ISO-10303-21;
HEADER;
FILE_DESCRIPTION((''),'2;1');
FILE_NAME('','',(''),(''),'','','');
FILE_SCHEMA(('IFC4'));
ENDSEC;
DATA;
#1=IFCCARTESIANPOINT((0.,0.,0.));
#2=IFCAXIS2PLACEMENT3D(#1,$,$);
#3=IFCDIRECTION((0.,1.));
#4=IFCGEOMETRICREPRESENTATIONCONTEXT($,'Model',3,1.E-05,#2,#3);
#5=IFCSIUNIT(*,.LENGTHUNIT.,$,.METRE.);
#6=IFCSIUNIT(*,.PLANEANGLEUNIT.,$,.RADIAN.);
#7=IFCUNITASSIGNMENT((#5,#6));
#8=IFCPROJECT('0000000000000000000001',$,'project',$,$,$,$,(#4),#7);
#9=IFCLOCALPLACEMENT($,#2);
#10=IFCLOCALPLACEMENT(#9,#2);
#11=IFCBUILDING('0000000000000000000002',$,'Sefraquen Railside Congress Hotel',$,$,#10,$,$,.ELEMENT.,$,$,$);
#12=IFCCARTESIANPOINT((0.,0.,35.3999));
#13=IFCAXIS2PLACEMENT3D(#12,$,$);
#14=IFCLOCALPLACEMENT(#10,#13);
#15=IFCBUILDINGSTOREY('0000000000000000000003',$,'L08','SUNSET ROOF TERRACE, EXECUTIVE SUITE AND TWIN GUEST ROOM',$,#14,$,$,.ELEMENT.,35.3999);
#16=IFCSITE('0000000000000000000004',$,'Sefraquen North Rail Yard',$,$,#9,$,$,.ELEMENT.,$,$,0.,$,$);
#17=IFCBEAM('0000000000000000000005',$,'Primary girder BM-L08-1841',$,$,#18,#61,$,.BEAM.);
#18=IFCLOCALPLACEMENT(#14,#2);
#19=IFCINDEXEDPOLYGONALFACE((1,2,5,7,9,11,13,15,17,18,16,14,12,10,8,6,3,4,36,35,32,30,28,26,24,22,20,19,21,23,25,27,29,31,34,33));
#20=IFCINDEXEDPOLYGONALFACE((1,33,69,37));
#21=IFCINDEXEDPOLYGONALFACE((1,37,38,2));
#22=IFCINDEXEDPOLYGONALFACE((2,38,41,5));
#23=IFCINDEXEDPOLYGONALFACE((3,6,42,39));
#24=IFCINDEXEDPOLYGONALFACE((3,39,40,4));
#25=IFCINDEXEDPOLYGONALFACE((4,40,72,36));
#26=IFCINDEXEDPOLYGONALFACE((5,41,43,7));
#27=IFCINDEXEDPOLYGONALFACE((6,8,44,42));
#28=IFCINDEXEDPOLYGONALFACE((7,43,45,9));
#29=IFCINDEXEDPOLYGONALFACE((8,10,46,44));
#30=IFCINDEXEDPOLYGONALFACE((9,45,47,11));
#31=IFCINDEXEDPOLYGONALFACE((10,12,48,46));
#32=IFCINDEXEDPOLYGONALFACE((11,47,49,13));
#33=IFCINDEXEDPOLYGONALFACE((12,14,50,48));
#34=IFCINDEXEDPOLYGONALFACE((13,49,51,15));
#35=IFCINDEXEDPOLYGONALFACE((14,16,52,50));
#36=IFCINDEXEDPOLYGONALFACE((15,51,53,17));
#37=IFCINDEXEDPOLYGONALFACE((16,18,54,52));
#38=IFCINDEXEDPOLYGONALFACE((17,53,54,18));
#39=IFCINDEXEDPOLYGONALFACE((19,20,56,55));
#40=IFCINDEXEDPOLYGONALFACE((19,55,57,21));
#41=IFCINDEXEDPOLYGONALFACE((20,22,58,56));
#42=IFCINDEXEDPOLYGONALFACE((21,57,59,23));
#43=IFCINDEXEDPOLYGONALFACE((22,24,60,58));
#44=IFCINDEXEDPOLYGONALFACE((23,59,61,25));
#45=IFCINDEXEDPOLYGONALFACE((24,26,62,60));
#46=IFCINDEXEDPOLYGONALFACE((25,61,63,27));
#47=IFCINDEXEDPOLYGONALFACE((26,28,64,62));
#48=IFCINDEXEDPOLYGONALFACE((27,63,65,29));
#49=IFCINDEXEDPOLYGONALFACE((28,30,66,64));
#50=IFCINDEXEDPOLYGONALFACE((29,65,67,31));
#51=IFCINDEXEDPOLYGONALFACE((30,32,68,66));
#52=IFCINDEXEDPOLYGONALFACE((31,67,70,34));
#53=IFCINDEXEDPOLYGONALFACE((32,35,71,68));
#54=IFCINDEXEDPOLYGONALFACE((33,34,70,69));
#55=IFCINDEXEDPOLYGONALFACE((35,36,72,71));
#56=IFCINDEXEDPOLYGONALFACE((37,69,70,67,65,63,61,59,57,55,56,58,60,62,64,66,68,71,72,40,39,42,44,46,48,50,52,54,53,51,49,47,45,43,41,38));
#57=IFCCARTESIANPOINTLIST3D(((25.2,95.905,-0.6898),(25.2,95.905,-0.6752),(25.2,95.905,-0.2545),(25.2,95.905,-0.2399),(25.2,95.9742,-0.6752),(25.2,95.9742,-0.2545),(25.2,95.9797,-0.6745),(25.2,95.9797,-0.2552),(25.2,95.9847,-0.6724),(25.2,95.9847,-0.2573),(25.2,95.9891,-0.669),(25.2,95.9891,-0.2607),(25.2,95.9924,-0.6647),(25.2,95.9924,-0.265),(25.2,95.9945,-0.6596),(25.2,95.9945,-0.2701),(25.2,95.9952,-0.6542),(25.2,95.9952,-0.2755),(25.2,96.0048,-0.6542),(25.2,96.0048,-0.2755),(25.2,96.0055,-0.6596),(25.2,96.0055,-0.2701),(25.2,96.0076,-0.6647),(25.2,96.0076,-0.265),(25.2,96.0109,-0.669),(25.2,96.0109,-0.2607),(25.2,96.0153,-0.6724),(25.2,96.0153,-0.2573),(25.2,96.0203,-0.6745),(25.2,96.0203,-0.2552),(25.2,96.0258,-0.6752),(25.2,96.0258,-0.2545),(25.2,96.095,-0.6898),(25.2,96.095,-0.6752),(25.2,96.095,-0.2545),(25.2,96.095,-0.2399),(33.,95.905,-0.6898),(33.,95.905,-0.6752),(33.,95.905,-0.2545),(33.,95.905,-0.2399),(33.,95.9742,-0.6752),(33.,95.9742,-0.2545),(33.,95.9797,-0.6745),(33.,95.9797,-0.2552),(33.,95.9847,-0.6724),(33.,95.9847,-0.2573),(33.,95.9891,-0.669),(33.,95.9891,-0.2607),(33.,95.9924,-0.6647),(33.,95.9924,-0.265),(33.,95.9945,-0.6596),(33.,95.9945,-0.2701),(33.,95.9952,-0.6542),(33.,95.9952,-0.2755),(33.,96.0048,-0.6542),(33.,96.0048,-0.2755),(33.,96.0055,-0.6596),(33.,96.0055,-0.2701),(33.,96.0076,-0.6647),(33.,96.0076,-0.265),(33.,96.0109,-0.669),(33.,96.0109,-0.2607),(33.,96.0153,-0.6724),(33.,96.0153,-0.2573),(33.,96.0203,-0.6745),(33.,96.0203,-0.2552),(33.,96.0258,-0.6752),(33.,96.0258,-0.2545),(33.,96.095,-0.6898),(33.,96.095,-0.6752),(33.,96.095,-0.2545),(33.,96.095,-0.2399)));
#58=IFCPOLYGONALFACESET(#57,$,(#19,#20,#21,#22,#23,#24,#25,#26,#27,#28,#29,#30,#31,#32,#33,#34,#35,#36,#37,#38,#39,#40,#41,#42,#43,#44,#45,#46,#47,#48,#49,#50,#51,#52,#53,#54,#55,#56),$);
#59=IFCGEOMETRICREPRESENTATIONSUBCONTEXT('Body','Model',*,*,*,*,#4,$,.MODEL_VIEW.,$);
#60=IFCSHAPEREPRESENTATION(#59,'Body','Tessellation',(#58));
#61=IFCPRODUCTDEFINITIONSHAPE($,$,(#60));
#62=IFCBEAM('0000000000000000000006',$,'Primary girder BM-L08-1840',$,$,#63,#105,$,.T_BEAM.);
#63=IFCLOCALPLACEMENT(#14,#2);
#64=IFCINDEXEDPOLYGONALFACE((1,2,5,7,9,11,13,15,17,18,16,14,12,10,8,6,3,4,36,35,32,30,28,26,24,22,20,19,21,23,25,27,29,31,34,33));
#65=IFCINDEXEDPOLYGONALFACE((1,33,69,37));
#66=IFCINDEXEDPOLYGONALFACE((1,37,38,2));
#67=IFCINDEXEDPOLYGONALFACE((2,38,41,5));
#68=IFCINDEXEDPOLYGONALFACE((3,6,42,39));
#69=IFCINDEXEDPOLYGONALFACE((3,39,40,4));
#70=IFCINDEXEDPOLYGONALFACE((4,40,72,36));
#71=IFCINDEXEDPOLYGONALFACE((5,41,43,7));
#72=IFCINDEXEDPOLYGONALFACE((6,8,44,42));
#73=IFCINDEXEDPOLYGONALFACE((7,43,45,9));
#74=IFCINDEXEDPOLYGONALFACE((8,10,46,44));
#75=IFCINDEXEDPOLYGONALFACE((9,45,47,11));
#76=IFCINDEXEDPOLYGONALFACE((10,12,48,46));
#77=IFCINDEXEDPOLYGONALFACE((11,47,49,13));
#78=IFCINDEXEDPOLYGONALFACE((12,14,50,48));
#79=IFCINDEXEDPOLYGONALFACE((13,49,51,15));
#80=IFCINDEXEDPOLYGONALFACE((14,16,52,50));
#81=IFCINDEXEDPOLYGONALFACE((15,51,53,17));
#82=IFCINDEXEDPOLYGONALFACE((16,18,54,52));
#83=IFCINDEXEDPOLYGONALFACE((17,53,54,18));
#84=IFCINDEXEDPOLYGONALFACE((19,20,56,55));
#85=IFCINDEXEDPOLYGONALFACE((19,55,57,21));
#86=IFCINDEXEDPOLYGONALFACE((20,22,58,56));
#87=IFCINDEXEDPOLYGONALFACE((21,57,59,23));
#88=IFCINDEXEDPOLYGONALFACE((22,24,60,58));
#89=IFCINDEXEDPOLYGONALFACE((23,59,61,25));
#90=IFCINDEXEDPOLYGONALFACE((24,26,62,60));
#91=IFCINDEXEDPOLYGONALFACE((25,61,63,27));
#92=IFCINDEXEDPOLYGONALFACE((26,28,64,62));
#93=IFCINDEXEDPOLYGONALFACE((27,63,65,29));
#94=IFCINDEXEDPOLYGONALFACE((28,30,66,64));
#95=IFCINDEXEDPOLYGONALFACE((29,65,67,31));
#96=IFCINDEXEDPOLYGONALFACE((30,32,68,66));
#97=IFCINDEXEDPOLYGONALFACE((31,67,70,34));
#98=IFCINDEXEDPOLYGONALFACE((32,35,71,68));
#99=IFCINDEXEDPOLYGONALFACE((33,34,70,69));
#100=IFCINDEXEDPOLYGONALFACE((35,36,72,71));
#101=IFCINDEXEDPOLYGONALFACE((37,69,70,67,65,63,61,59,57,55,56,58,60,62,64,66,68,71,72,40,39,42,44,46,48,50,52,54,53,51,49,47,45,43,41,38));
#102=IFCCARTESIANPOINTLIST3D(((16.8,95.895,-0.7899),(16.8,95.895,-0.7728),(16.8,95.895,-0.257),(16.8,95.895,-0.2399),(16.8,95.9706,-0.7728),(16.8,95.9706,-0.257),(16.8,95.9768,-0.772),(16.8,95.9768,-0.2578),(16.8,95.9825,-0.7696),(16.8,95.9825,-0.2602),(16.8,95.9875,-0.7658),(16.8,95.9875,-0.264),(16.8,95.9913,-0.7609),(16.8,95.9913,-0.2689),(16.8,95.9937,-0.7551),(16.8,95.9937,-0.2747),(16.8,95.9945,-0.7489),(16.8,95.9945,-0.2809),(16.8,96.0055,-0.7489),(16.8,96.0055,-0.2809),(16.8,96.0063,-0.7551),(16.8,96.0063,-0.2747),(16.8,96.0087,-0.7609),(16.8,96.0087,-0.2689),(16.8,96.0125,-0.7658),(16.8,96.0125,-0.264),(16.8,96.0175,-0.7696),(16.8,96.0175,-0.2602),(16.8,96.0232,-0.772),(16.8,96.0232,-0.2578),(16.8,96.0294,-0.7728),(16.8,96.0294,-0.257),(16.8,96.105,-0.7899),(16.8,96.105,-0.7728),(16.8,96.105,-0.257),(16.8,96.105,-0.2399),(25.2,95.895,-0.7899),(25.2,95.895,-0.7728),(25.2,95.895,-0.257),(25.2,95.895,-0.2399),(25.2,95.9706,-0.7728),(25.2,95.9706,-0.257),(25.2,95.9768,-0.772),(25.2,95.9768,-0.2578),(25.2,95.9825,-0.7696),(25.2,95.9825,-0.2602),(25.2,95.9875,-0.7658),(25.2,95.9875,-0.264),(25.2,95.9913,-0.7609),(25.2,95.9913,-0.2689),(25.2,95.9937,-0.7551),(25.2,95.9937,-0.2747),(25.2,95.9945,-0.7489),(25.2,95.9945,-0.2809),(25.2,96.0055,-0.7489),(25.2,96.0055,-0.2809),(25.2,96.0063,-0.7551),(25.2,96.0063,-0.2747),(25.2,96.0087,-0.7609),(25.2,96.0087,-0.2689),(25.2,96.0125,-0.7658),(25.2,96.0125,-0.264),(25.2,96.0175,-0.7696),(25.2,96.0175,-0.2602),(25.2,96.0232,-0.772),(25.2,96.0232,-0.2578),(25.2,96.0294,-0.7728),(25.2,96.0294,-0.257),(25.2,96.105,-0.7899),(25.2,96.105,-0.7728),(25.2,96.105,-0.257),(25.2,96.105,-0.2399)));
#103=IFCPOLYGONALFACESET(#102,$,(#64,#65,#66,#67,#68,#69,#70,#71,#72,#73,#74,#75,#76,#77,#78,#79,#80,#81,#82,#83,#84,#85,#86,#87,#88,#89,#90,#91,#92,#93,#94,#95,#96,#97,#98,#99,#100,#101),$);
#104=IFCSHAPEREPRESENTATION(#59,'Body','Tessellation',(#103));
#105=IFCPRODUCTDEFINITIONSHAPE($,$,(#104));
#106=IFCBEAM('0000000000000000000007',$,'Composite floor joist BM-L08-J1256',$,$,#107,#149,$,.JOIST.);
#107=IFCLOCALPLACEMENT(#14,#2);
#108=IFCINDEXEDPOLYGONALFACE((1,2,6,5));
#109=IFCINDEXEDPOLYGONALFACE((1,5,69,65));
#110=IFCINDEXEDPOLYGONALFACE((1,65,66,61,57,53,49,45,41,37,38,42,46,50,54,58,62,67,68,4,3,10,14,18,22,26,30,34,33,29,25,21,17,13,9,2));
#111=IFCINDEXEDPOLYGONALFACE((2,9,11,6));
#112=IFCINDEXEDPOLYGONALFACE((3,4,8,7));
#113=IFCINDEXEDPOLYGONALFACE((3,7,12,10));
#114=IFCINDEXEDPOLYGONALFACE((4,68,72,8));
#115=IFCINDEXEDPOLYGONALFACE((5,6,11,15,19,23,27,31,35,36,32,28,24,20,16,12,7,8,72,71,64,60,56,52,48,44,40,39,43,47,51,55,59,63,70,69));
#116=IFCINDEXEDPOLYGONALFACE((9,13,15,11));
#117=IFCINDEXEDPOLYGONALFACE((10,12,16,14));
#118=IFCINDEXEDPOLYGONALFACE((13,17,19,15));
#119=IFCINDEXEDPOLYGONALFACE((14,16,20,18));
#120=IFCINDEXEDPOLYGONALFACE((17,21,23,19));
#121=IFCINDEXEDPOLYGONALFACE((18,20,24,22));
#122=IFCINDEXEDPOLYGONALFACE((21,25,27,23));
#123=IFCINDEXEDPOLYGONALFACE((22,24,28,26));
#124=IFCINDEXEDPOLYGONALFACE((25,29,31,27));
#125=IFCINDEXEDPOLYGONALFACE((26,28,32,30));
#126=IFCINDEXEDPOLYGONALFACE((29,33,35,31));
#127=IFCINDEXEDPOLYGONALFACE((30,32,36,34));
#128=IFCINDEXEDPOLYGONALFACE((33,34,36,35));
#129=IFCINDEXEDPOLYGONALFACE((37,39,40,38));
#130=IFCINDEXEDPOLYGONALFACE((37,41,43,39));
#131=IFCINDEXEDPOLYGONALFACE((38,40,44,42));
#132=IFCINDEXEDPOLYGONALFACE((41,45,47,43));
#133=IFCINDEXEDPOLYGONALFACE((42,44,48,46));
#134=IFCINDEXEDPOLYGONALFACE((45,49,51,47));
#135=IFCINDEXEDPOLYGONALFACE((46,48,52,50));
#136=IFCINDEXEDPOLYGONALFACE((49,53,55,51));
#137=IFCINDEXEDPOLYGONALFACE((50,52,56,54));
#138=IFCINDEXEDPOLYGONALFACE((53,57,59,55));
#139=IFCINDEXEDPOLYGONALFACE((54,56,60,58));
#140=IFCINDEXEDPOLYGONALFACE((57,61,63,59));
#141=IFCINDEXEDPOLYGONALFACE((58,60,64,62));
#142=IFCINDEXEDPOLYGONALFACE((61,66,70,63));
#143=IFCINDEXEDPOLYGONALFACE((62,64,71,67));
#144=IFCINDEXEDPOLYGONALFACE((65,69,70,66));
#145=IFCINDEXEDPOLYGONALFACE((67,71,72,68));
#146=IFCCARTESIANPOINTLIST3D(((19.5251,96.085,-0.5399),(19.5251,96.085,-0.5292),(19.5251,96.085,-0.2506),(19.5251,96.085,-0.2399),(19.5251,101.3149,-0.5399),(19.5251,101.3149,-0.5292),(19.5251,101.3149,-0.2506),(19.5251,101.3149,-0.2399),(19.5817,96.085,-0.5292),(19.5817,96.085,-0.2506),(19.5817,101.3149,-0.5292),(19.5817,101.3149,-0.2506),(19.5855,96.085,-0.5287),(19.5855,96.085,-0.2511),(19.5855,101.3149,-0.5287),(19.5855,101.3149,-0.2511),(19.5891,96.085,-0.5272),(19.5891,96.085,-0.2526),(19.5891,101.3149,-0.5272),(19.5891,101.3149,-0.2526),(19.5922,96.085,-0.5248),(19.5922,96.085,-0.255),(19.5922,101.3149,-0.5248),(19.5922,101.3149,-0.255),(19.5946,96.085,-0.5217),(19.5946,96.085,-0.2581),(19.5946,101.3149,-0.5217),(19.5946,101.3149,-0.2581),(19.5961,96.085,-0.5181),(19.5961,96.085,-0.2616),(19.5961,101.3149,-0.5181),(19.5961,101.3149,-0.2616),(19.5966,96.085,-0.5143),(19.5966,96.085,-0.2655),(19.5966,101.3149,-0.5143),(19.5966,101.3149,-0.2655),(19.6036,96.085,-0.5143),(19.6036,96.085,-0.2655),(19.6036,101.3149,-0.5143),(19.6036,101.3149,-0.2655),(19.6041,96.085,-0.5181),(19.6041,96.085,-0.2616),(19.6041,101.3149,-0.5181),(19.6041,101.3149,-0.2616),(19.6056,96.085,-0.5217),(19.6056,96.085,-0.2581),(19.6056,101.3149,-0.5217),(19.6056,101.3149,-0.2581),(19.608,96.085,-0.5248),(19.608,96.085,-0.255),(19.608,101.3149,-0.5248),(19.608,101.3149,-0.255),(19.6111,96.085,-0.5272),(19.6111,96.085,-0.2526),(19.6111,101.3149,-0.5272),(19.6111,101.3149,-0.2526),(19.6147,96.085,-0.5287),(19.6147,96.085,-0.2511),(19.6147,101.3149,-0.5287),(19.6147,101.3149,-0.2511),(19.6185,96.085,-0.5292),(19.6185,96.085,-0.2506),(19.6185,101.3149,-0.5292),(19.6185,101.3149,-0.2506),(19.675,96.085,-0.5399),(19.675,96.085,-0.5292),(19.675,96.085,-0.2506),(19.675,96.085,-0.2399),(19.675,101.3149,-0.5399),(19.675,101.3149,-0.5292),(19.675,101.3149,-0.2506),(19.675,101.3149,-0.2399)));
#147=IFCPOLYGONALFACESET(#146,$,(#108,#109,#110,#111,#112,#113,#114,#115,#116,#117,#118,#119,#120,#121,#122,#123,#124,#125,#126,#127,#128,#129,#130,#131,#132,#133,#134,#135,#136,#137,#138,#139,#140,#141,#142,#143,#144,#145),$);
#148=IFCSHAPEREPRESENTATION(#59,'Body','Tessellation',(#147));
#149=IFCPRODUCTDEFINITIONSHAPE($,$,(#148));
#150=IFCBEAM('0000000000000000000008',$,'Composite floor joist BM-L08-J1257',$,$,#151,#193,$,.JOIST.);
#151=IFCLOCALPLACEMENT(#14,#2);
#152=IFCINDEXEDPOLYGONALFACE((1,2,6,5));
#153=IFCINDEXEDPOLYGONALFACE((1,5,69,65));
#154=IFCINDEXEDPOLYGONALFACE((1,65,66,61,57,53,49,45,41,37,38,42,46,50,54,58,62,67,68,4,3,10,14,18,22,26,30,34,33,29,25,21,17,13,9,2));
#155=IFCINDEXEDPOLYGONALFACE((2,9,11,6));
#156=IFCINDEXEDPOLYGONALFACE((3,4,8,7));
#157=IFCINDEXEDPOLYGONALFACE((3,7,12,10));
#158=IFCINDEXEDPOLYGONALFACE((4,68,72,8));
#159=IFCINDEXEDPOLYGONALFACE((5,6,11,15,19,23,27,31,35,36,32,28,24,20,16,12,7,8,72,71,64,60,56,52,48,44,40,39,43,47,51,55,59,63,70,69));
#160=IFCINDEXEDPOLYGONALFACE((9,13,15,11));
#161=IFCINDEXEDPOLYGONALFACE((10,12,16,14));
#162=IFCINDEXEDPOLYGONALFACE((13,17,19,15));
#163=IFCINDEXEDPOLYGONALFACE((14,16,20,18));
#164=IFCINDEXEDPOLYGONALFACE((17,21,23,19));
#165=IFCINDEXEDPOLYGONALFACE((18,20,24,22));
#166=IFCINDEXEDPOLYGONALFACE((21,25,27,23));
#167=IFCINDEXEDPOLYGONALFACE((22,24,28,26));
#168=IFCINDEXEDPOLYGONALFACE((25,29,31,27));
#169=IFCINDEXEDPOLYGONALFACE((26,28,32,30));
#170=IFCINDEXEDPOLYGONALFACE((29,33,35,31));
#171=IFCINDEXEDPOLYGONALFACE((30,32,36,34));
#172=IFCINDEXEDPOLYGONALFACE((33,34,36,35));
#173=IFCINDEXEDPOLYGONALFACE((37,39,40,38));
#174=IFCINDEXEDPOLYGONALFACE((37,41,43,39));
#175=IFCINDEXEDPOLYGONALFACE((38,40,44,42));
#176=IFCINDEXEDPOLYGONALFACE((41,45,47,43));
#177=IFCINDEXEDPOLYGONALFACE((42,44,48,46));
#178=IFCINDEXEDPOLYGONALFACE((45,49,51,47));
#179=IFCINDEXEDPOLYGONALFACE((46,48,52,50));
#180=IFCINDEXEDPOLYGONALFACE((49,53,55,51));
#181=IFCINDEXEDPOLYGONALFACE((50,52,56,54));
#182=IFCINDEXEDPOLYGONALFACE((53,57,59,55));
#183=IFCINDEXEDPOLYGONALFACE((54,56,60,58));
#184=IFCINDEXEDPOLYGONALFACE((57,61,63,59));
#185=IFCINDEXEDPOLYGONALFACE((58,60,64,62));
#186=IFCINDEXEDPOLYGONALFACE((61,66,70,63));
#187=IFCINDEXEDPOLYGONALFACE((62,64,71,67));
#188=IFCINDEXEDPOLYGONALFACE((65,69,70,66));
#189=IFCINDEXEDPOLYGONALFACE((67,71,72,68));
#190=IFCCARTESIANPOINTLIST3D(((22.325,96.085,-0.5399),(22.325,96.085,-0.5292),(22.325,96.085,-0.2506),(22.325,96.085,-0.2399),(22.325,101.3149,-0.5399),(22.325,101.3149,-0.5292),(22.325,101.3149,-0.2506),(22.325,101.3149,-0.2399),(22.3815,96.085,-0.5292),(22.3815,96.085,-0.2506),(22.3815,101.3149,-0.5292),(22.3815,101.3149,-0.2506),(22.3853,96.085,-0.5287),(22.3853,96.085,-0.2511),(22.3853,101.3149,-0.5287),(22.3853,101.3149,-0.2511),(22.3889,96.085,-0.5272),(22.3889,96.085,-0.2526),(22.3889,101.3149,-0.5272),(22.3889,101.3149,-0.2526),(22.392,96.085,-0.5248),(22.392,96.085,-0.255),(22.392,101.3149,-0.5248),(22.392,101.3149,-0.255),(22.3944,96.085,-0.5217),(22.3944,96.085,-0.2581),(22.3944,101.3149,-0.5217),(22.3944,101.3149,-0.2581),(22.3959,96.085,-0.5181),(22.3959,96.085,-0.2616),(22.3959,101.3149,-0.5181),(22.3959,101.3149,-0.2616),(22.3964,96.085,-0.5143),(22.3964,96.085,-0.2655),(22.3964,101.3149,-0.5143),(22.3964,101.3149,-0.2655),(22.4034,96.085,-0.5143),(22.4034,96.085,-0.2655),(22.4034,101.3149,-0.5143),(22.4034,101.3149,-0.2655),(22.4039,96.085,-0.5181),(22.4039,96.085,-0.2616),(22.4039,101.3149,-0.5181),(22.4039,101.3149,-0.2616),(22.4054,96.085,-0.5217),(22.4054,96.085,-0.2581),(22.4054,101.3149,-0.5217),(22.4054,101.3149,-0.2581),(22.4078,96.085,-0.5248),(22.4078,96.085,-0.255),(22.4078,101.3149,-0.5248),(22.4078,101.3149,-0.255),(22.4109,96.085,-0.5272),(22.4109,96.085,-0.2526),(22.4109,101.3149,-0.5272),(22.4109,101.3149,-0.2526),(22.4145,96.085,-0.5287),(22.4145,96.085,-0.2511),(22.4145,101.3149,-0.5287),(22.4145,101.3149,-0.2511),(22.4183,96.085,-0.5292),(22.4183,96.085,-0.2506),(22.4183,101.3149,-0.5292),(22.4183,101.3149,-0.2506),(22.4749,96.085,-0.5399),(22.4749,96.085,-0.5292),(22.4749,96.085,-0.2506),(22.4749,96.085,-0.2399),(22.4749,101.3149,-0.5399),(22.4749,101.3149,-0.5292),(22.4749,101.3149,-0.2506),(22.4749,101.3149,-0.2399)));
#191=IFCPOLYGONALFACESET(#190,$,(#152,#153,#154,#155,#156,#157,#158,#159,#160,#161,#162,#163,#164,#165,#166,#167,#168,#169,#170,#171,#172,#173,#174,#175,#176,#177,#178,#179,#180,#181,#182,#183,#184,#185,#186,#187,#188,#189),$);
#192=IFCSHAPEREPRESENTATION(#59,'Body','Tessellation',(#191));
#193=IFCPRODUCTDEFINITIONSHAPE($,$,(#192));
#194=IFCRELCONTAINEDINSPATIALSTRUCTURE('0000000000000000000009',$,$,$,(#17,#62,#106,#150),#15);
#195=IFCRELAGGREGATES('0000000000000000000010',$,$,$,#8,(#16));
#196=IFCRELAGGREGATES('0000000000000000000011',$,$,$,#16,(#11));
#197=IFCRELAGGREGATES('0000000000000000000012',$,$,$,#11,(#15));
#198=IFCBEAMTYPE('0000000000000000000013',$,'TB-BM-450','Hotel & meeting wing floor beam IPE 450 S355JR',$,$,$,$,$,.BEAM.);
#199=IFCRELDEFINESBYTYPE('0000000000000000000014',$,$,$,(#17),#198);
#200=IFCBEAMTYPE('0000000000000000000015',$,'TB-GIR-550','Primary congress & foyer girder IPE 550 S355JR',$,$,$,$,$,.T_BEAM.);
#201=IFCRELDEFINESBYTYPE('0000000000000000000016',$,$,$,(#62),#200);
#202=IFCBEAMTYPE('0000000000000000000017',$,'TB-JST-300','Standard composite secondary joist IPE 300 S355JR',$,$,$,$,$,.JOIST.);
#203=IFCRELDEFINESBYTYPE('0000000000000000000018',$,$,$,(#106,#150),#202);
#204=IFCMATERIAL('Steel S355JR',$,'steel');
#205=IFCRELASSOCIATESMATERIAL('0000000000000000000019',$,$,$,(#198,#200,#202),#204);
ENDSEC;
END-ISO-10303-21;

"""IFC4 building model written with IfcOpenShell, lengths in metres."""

from ifc_helpers import new_model, si_unit, direction, frame, origin, origin_2d, place, context, subcontext, project, spatial, i_section, extrude, material, material_profile, profile_set, type_object, element, save


model = new_model("IFC4")

# Units and contexts
model_context = context("Model", 3, precision=1e-05, world=origin(), true_north=direction((0.0, 1.0)))
body_context = subcontext(model_context, "Body", "Model", "MODEL_VIEW")
ifc_project = project(units=[si_unit("LENGTHUNIT", "METRE"), si_unit("PLANEANGLEUNIT", "RADIAN")], contexts=[model_context])

# Site, building, storey
site_placement = place(None, origin())
site = spatial("IfcSite", under=ifc_project, at=site_placement, Name="Sefraquen North Rail Yard", CompositionType="ELEMENT", RefElevation=0.0)
building_placement = place(site_placement, origin())
building = spatial("IfcBuilding", under=site, at=building_placement, Name="Sefraquen Railside Congress Hotel", CompositionType="ELEMENT")
storey_placement = place(building_placement, frame((0.0, 0.0, 35.3999)))
storey = spatial("IfcBuildingStorey", under=building, at=storey_placement, Name="L08", Description="SUNSET ROOF TERRACE, EXECUTIVE SUITE AND TWIN GUEST ROOM", CompositionType="ELEMENT", Elevation=35.3999)

# Shared definitions
ifc_material_1 = material(Name="Steel S355JR", Category="steel")

# Beams
ifc_material_profile_1 = material_profile(ifc_material_1, i_section(OverallWidth=0.1899, OverallDepth=0.45, WebThickness=0.0095, FlangeThickness=0.0146, FilletRadius=0.021, at=origin_2d()), Name="IPE 450")
ifc_profile_set_1 = profile_set([ifc_material_profile_1], Name="Steel S355JR")
beam_type_1 = type_object("IfcBeamType", Name="TB-BM-450", Description="Hotel & meeting wing floor beam IPE 450 S355JR", PredefinedType="BEAM", material=ifc_profile_set_1)
beam_1_placement = place(storey_placement, frame((25.2, 96.0, -0.4648), z_axis=(1.0, 0.0, 0.0), x_axis=(0.0, 1.0, 0.0)))
element("IfcBeam", 1, at=beam_1_placement, inside=storey, type_object=beam_type_1, Name="Primary girder BM-L08-1841", PredefinedType="BEAM", context=body_context, shape_type="SweptSolid", body=[
    extrude(i_section(OverallWidth=0.1899, OverallDepth=0.45, WebThickness=0.0095, FlangeThickness=0.0146, FilletRadius=0.021, at=origin_2d()), origin(), (0.0, 0.0, 1.0), 7.8),
])
ifc_material_profile_2 = material_profile(ifc_material_1, i_section(OverallWidth=0.21, OverallDepth=0.55, WebThickness=0.011, FlangeThickness=0.0171, FilletRadius=0.0239, at=origin_2d()), Name="IPE 550")
ifc_profile_set_2 = profile_set([ifc_material_profile_2], Name="Steel S355JR")
beam_type_2 = type_object("IfcBeamType", Name="TB-GIR-550", Description="Primary congress & foyer girder IPE 550 S355JR", PredefinedType="T_BEAM", material=ifc_profile_set_2)
beam_2_placement = place(storey_placement, frame((16.8, 96.0, -0.5149), z_axis=(1.0, 0.0, 0.0), x_axis=(0.0, 1.0, 0.0)))
element("IfcBeam", 2, at=beam_2_placement, inside=storey, type_object=beam_type_2, Name="Primary girder BM-L08-1840", PredefinedType="T_BEAM", context=body_context, shape_type="SweptSolid", body=[
    extrude(i_section(OverallWidth=0.21, OverallDepth=0.55, WebThickness=0.011, FlangeThickness=0.0171, FilletRadius=0.0239, at=origin_2d()), origin(), (0.0, 0.0, 1.0), 8.3999),
])
ifc_material_profile_3 = material_profile(ifc_material_1, i_section(OverallWidth=0.1499, OverallDepth=0.3, WebThickness=0.0071, FlangeThickness=0.0107, FilletRadius=0.0149, at=origin_2d()), Name="IPE 300")
ifc_profile_set_3 = profile_set([ifc_material_profile_3], Name="Steel S355JR")
beam_type_3 = type_object("IfcBeamType", Name="TB-JST-300", Description="Standard composite secondary joist IPE 300 S355JR", PredefinedType="JOIST", material=ifc_profile_set_3)
for number, where, z_axis, x_axis, name in (
    (3, (19.6001, 96.085, -0.3899), (0.0, 1.0, 0.0), (-1.0, 0.0, 0.0), "Composite floor joist BM-L08-J1256"),
    (4, (22.3999, 96.085, -0.3899), (0.0, 1.0, 0.0), (-1.0, 0.0, 0.0), "Composite floor joist BM-L08-J1257"),
):
    element("IfcBeam", number, at=place(storey_placement, frame(where, z_axis=z_axis, x_axis=x_axis)), inside=storey, type_object=beam_type_3, Name=name, PredefinedType="JOIST", context=body_context, shape_type="SweptSolid", body=[
        extrude(i_section(OverallWidth=0.1499, OverallDepth=0.3, WebThickness=0.0071, FlangeThickness=0.0107, FilletRadius=0.0149, at=origin_2d()), origin(), (0.0, 0.0, 1.0), 5.23),
    ])

save(model, "model.ifc")
